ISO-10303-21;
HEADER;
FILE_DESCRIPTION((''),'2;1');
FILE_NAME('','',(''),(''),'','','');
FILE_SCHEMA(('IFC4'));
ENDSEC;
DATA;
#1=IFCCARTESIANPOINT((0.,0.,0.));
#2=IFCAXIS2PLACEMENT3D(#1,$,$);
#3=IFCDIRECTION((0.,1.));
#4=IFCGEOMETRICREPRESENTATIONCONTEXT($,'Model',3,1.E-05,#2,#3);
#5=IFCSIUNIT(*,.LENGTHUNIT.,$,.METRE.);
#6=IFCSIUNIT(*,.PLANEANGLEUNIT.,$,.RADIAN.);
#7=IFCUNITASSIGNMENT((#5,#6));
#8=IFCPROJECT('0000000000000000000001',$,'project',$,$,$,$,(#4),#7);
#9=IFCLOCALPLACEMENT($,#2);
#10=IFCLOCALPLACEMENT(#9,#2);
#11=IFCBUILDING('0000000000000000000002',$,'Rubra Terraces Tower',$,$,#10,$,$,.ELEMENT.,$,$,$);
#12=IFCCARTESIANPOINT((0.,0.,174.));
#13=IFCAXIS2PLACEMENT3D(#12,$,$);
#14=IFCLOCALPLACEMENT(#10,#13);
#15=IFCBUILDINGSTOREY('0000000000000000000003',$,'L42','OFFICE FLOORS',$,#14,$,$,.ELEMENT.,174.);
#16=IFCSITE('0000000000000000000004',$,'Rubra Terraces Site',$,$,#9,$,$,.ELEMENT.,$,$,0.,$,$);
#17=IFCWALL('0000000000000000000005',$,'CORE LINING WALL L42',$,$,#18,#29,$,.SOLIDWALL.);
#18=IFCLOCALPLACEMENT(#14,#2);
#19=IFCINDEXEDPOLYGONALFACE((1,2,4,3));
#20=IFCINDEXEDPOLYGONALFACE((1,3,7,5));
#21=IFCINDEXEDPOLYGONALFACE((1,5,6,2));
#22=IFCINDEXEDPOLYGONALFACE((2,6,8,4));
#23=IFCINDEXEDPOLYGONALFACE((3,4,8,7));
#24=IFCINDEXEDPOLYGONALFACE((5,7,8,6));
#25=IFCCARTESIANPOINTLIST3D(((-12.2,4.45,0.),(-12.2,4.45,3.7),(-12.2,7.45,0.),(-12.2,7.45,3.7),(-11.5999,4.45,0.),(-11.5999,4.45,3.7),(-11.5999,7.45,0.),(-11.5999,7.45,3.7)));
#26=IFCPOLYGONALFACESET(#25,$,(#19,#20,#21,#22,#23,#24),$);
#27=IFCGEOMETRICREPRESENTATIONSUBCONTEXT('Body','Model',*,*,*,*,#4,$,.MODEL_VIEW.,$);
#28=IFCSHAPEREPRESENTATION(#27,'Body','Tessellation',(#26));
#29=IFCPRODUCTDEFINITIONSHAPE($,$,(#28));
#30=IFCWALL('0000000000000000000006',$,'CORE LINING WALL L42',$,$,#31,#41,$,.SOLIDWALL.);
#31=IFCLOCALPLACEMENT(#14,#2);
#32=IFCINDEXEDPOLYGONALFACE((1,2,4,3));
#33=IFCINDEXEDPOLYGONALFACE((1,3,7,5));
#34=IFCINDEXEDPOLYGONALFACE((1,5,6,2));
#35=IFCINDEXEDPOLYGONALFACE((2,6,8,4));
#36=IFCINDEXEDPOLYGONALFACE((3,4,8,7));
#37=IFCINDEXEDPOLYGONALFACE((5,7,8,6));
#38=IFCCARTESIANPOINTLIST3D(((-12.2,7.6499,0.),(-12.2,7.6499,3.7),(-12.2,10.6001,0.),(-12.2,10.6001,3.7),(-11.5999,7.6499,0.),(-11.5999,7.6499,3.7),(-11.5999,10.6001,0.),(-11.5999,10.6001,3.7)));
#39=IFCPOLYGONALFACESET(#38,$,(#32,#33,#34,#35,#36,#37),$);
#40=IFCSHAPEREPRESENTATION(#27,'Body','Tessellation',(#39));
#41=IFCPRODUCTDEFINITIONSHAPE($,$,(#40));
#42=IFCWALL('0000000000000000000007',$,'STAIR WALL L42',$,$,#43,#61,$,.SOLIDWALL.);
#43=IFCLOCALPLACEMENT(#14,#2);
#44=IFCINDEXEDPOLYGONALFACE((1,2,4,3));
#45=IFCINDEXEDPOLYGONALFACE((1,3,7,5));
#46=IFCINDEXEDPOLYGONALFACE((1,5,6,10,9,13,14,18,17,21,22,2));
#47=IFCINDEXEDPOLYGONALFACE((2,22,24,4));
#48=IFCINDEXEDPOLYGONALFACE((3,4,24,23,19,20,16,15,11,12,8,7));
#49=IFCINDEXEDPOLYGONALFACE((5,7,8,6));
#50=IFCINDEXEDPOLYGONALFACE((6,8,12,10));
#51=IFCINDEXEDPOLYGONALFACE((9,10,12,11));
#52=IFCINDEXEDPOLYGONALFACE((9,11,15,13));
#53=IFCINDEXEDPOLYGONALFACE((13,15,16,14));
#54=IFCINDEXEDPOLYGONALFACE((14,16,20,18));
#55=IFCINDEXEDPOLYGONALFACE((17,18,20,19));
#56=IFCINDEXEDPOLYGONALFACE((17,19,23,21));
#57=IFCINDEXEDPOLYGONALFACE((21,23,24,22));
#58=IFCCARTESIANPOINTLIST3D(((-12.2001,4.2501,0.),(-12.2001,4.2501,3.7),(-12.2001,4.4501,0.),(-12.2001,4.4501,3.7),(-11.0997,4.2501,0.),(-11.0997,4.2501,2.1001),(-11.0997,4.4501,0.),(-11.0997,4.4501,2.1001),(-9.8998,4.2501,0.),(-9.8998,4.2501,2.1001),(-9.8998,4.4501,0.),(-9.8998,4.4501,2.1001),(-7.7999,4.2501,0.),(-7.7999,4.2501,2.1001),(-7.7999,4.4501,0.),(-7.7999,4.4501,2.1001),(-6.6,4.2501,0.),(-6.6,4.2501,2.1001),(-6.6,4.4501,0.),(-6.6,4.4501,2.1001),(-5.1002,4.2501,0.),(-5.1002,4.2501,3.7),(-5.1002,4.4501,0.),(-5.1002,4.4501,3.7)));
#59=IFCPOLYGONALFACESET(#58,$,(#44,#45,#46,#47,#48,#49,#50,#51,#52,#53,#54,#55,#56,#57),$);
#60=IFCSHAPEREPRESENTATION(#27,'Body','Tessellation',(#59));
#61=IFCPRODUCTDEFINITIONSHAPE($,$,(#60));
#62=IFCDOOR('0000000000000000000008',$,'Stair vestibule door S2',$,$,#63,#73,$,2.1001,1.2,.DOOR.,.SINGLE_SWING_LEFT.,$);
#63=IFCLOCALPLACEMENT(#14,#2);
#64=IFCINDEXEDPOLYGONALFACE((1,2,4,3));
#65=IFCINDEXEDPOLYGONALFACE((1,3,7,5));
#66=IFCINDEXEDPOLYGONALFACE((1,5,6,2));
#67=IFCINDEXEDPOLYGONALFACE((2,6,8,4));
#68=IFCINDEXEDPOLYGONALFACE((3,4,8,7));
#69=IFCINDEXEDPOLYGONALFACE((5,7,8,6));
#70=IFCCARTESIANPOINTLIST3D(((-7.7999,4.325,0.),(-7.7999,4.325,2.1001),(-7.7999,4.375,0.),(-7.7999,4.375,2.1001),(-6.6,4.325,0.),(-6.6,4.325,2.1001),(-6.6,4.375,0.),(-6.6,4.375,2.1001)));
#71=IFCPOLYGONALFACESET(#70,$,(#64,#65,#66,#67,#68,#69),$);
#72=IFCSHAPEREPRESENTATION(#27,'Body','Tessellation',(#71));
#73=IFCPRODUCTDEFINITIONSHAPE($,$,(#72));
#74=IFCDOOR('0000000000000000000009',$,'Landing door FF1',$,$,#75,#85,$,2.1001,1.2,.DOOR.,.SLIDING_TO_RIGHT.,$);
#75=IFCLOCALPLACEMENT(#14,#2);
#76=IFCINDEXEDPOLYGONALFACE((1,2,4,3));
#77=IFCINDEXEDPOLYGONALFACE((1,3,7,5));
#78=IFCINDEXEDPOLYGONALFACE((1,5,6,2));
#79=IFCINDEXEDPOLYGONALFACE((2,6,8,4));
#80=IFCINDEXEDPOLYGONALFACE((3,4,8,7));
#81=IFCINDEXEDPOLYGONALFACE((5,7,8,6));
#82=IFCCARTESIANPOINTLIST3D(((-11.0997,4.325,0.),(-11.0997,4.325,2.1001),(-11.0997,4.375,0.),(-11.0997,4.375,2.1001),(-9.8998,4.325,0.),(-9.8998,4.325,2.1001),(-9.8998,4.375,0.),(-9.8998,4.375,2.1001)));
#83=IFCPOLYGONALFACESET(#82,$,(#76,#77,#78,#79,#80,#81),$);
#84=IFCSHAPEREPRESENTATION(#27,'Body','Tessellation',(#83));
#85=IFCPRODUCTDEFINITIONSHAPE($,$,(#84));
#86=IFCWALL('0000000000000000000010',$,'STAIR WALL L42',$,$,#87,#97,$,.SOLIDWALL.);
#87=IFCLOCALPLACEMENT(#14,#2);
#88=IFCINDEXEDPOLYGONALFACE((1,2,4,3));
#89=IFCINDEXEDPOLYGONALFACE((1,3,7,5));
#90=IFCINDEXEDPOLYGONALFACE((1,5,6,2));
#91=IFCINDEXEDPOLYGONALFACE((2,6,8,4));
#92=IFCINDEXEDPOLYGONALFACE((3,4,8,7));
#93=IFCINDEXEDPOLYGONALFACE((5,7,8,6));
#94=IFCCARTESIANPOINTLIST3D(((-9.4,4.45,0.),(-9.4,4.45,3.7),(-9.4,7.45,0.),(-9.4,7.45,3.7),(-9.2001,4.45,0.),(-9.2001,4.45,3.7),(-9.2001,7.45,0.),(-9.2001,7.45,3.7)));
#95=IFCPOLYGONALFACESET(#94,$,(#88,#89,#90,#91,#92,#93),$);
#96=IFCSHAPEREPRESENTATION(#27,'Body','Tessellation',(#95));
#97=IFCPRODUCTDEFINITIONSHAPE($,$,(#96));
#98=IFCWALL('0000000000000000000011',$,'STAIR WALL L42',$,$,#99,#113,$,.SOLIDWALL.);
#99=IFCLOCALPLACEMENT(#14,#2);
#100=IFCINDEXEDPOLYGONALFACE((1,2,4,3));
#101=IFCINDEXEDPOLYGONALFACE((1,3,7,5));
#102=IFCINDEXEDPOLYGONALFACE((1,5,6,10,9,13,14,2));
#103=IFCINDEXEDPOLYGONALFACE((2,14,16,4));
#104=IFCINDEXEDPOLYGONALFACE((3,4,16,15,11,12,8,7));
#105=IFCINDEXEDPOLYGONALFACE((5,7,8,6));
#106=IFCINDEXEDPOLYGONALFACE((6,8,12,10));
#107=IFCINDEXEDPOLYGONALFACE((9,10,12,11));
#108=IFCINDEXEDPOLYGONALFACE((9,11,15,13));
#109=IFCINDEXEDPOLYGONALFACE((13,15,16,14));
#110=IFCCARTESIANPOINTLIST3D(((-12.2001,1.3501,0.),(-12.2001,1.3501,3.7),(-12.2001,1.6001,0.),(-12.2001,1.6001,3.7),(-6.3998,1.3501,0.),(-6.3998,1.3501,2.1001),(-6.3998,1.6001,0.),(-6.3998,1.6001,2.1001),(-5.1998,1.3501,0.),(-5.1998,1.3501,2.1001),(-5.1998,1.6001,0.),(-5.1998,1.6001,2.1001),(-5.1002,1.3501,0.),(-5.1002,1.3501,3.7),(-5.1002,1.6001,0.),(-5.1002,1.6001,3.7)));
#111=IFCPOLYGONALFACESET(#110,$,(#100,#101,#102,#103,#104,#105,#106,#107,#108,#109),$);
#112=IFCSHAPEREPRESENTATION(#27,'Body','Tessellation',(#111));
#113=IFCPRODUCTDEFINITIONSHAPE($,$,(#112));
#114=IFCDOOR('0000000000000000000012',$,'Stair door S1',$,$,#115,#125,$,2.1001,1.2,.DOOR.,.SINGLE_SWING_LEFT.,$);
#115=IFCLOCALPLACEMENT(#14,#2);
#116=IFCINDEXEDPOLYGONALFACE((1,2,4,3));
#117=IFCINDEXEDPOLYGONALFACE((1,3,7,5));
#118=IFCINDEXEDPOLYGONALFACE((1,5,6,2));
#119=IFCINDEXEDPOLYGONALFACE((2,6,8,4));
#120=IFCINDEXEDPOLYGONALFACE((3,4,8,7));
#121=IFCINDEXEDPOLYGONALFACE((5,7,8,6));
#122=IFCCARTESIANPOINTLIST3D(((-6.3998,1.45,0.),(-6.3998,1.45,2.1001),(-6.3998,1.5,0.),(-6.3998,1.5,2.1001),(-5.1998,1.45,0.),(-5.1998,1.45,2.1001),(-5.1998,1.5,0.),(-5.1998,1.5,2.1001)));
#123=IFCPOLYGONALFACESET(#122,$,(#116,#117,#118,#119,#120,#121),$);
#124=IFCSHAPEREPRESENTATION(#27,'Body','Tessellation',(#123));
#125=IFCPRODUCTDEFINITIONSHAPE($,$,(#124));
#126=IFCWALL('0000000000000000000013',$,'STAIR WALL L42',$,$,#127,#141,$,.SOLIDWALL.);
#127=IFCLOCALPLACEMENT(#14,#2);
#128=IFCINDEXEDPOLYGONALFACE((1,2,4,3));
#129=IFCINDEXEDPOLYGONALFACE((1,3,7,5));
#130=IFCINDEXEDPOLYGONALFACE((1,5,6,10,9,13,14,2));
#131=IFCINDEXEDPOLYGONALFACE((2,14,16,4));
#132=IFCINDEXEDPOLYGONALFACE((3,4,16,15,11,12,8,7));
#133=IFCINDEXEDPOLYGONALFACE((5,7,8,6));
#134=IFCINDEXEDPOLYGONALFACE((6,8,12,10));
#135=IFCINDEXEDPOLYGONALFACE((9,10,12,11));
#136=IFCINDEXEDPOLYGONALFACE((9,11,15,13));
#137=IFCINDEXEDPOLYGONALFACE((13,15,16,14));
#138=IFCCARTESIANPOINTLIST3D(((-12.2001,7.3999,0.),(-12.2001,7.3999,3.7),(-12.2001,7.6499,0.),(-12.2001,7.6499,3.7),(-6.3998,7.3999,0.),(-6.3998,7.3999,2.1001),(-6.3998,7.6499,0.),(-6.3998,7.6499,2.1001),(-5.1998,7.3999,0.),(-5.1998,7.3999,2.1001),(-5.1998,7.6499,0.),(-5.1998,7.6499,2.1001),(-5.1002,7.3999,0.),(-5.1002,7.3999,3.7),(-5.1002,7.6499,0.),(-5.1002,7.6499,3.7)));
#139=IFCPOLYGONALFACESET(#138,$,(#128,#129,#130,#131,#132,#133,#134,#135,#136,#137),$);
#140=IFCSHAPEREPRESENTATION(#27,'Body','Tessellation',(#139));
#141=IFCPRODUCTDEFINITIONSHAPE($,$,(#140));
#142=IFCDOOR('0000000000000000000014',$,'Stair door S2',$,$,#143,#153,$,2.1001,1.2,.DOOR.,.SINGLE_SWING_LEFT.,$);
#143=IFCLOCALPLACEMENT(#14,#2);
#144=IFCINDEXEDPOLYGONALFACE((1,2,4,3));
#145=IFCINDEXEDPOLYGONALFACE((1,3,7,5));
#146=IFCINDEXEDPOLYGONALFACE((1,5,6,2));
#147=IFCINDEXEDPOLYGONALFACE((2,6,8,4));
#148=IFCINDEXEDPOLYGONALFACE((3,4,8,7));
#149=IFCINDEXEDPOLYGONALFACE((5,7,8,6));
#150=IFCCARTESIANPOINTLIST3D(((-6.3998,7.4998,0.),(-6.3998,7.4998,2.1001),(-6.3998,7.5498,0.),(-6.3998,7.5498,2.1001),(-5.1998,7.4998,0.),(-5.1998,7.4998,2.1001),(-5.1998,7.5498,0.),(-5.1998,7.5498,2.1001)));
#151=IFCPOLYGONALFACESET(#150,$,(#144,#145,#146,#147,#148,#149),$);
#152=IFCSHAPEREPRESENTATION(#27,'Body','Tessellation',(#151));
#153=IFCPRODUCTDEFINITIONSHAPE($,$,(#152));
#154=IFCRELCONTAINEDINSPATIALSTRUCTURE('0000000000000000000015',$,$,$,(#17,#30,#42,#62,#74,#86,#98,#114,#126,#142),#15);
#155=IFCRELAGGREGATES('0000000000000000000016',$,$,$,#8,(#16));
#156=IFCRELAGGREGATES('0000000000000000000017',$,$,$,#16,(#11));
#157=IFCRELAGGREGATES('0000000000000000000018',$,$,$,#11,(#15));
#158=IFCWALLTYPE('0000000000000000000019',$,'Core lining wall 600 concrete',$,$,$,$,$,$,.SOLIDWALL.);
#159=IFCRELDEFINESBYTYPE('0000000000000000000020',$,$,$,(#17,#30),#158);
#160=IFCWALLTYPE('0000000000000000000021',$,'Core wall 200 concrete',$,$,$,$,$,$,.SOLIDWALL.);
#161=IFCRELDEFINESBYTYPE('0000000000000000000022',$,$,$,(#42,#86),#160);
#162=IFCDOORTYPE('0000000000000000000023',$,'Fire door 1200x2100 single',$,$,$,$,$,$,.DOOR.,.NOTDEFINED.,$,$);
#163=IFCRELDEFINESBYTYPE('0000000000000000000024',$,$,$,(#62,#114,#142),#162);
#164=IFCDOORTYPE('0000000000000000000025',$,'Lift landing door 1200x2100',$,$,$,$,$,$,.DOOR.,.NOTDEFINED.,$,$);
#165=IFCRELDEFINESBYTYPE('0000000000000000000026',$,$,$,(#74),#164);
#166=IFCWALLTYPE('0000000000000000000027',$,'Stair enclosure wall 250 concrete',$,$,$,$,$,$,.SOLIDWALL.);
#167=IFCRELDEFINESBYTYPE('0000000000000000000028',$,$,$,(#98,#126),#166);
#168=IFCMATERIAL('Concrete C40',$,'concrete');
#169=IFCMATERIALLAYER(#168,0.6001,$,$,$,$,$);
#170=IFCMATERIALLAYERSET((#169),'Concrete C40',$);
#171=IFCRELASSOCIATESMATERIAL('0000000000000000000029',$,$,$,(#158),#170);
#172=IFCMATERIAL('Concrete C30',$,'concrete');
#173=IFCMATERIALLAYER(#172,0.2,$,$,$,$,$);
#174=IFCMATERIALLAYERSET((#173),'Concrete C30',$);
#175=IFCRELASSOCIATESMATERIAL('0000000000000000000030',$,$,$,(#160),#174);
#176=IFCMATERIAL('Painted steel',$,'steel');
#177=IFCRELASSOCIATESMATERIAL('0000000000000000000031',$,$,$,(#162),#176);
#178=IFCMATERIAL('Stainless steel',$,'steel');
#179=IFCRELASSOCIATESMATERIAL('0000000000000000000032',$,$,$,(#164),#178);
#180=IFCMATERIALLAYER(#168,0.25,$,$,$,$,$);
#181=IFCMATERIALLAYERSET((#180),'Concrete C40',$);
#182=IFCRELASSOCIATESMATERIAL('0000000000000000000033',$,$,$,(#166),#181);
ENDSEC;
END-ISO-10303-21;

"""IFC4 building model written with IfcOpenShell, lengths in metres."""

from ifc_helpers import new_model, si_unit, direction, frame, frame_2d, origin, place, context, subcontext, project, spatial, rectangle, extrude, material, layer, layer_set, type_object, element, fill, save


model = new_model("IFC4")

# Units and contexts
model_context = context("Model", 3, precision=1e-05, world=origin(), true_north=direction((0.0, 1.0)))
body_context = subcontext(model_context, "Body", "Model", "MODEL_VIEW")
ifc_project = project(units=[si_unit("LENGTHUNIT", "METRE"), si_unit("PLANEANGLEUNIT", "RADIAN")], contexts=[model_context])

# Site, building, storey
site_placement = place(None, origin())
site = spatial("IfcSite", under=ifc_project, at=site_placement, Name="Rubra Terraces Site", CompositionType="ELEMENT", RefElevation=0.0)
building_placement = place(site_placement, origin())
building = spatial("IfcBuilding", under=site, at=building_placement, Name="Rubra Terraces Tower", CompositionType="ELEMENT")
storey_placement = place(building_placement, frame((0.0, 0.0, 174.0)))
storey = spatial("IfcBuildingStorey", under=building, at=storey_placement, Name="L42", Description="OFFICE FLOORS", CompositionType="ELEMENT", Elevation=174.0)

# Walls
ifc_material_1 = material(Name="Concrete C40", Category="concrete")
ifc_layer_1 = layer(ifc_material_1, 0.6001)
ifc_layer_set_1 = layer_set([ifc_layer_1], Name="Concrete C40")
wall_type_1 = type_object("IfcWallType", Name="Core lining wall 600 concrete", PredefinedType="SOLIDWALL", material=ifc_layer_set_1)
wall_1_placement = place(storey_placement, frame((-11.8999, 4.45, 0.0), z_axis=(0.0, 0.0, 1.0), x_axis=(0.0, 1.0, 0.0)))
element("IfcWall", 1, at=wall_1_placement, inside=storey, type_object=wall_type_1, Name="CORE LINING WALL L42", PredefinedType="SOLIDWALL", context=body_context, shape_type="SweptSolid", body=[
    extrude(rectangle(XDim=3.0, YDim=0.6001, at=frame_2d((1.5, 0.0))), origin(), (0.0, 0.0, 1.0), 3.7),
])
wall_2_placement = place(storey_placement, frame((-11.8999, 7.6499, 0.0), z_axis=(0.0, 0.0, 1.0), x_axis=(0.0, 1.0, 0.0)))
element("IfcWall", 2, at=wall_2_placement, inside=storey, type_object=wall_type_1, Name="CORE LINING WALL L42", PredefinedType="SOLIDWALL", context=body_context, shape_type="SweptSolid", body=[
    extrude(rectangle(XDim=2.9502, YDim=0.6001, at=frame_2d((1.4751, 0.0))), origin(), (0.0, 0.0, 1.0), 3.7),
])

# Wall, openings, doors
ifc_material_2 = material(Name="Concrete C30", Category="concrete")
ifc_layer_2 = layer(ifc_material_2, 0.2)
ifc_layer_set_2 = layer_set([ifc_layer_2], Name="Concrete C30")
wall_type_2 = type_object("IfcWallType", Name="Core wall 200 concrete", PredefinedType="SOLIDWALL", material=ifc_layer_set_2)
wall_3_placement = place(storey_placement, frame((-12.2, 4.3501, 0.0), z_axis=(0.0, 0.0, 1.0), x_axis=(1.0, 0.0, 0.0)))
wall_3 = element("IfcWall", 3, at=wall_3_placement, inside=storey, type_object=wall_type_2, Name="STAIR WALL L42", PredefinedType="SOLIDWALL", context=body_context, shape_type="SweptSolid", body=[
    extrude(rectangle(XDim=7.0999, YDim=0.2, at=frame_2d((3.5498, 0.0))), origin(), (0.0, 0.0, 1.0), 3.7),
])
opening_1_placement = place(wall_3_placement, frame((4.3999, 0.0, 0.0)))
opening_1 = element("IfcOpeningElement", 4, at=opening_1_placement, cuts=wall_3, PredefinedType="OPENING", context=body_context, shape_type="SweptSolid", body=[
    extrude(rectangle(XDim=1.2, YDim=2.1001, at=frame_2d((0.6001, 1.05))), frame((0.0, 0.1099, 0.0), z_axis=(0.0, -1.0, 0.0), x_axis=(1.0, 0.0, 0.0)), (0.0, 0.0, 1.0), 0.22),
])
opening_2_placement = place(wall_3_placement, frame((1.1001, 0.0, 0.0)))
opening_2 = element("IfcOpeningElement", 5, at=opening_2_placement, cuts=wall_3, PredefinedType="OPENING", context=body_context, shape_type="SweptSolid", body=[
    extrude(rectangle(XDim=1.2, YDim=2.1001, at=frame_2d((0.6001, 1.05))), frame((0.0, 0.1099, 0.0), z_axis=(0.0, -1.0, 0.0), x_axis=(1.0, 0.0, 0.0)), (0.0, 0.0, 1.0), 0.22),
])
ifc_material_3 = material(Name="Painted steel", Category="steel")
door_type_1 = type_object("IfcDoorType", Name="Fire door 1200x2100 single", OperationType="NOTDEFINED", PredefinedType="DOOR", material=ifc_material_3)
door_1_placement = place(opening_1_placement, origin())
door_1 = element("IfcDoor", 6, at=door_1_placement, inside=storey, type_object=door_type_1, Name="Stair vestibule door S2", OperationType="SINGLE_SWING_LEFT", OverallHeight=2.1001, OverallWidth=1.2, PredefinedType="DOOR", context=body_context, shape_type="SweptSolid", body=[
    extrude(rectangle(XDim=1.2, YDim=2.1001, at=frame_2d((0.6001, 1.05))), frame((0.0, 0.0249, 0.0), z_axis=(0.0, -1.0, 0.0), x_axis=(1.0, 0.0, 0.0)), (0.0, 0.0, 1.0), 0.05),
])
fill(opening_1, door_1)
ifc_material_4 = material(Name="Stainless steel", Category="steel")
door_type_2 = type_object("IfcDoorType", Name="Lift landing door 1200x2100", OperationType="NOTDEFINED", PredefinedType="DOOR", material=ifc_material_4)
door_2_placement = place(opening_2_placement, origin())
door_2 = element("IfcDoor", 7, at=door_2_placement, inside=storey, type_object=door_type_2, Name="Landing door FF1", OperationType="SLIDING_TO_RIGHT", OverallHeight=2.1001, OverallWidth=1.2, PredefinedType="DOOR", context=body_context, shape_type="SweptSolid", body=[
    extrude(rectangle(XDim=1.2, YDim=2.1001, at=frame_2d((0.6001, 1.05))), frame((0.0, 0.0249, 0.0), z_axis=(0.0, -1.0, 0.0), x_axis=(1.0, 0.0, 0.0)), (0.0, 0.0, 1.0), 0.05),
])
fill(opening_2, door_2)

# Wall
wall_4_placement = place(storey_placement, frame((-9.3, 4.45, 0.0), z_axis=(0.0, 0.0, 1.0), x_axis=(0.0, 1.0, 0.0)))
element("IfcWall", 8, at=wall_4_placement, inside=storey, type_object=wall_type_2, Name="STAIR WALL L42", PredefinedType="SOLIDWALL", context=body_context, shape_type="SweptSolid", body=[
    extrude(rectangle(XDim=3.0, YDim=0.2, at=frame_2d((1.5, 0.0))), origin(), (0.0, 0.0, 1.0), 3.7),
])

# Walls, openings, doors
ifc_layer_3 = layer(ifc_material_1, 0.25)
ifc_layer_set_3 = layer_set([ifc_layer_3], Name="Concrete C40")
wall_type_3 = type_object("IfcWallType", Name="Stair enclosure wall 250 concrete", PredefinedType="SOLIDWALL", material=ifc_layer_set_3)
wall_5_placement = place(storey_placement, frame((-12.2, 1.4751, 0.0), z_axis=(0.0, 0.0, 1.0), x_axis=(1.0, 0.0, 0.0)))
wall_5 = element("IfcWall", 9, at=wall_5_placement, inside=storey, type_object=wall_type_3, Name="STAIR WALL L42", PredefinedType="SOLIDWALL", context=body_context, shape_type="SweptSolid", body=[
    extrude(rectangle(XDim=7.0999, YDim=0.25, at=frame_2d((3.5498, 0.0))), origin(), (0.0, 0.0, 1.0), 3.7),
])
opening_3_placement = place(wall_5_placement, frame((5.8, 0.0, 0.0)))
opening_3 = element("IfcOpeningElement", 10, at=opening_3_placement, cuts=wall_5, PredefinedType="OPENING", context=body_context, shape_type="SweptSolid", body=[
    extrude(rectangle(XDim=1.2, YDim=2.1001, at=frame_2d((0.6001, 1.05))), frame((0.0, 0.135, 0.0), z_axis=(0.0, -1.0, 0.0), x_axis=(1.0, 0.0, 0.0)), (0.0, 0.0, 1.0), 0.27),
])
door_3_placement = place(opening_3_placement, origin())
door_3 = element("IfcDoor", 11, at=door_3_placement, inside=storey, type_object=door_type_1, Name="Stair door S1", OperationType="SINGLE_SWING_LEFT", OverallHeight=2.1001, OverallWidth=1.2, PredefinedType="DOOR", context=body_context, shape_type="SweptSolid", body=[
    extrude(rectangle(XDim=1.2, YDim=2.1001, at=frame_2d((0.6001, 1.05))), frame((0.0, 0.0249, 0.0), z_axis=(0.0, -1.0, 0.0), x_axis=(1.0, 0.0, 0.0)), (0.0, 0.0, 1.0), 0.05),
])
fill(opening_3, door_3)
wall_6_placement = place(storey_placement, frame((-12.2, 7.5249, 0.0), z_axis=(0.0, 0.0, 1.0), x_axis=(1.0, 0.0, 0.0)))
wall_6 = element("IfcWall", 12, at=wall_6_placement, inside=storey, type_object=wall_type_3, Name="STAIR WALL L42", PredefinedType="SOLIDWALL", context=body_context, shape_type="SweptSolid", body=[
    extrude(rectangle(XDim=7.0999, YDim=0.25, at=frame_2d((3.5498, 0.0))), origin(), (0.0, 0.0, 1.0), 3.7),
])
opening_4_placement = place(wall_6_placement, frame((5.8, 0.0, 0.0)))
opening_4 = element("IfcOpeningElement", 13, at=opening_4_placement, cuts=wall_6, PredefinedType="OPENING", context=body_context, shape_type="SweptSolid", body=[
    extrude(rectangle(XDim=1.2, YDim=2.1001, at=frame_2d((0.6001, 1.05))), frame((0.0, 0.135, 0.0), z_axis=(0.0, -1.0, 0.0), x_axis=(1.0, 0.0, 0.0)), (0.0, 0.0, 1.0), 0.27),
])
door_4_placement = place(opening_4_placement, origin())
door_4 = element("IfcDoor", 14, at=door_4_placement, inside=storey, type_object=door_type_1, Name="Stair door S2", OperationType="SINGLE_SWING_LEFT", OverallHeight=2.1001, OverallWidth=1.2, PredefinedType="DOOR", context=body_context, shape_type="SweptSolid", body=[
    extrude(rectangle(XDim=1.2, YDim=2.1001, at=frame_2d((0.6001, 1.05))), frame((0.0, 0.0249, 0.0), z_axis=(0.0, -1.0, 0.0), x_axis=(1.0, 0.0, 0.0)), (0.0, 0.0, 1.0), 0.05),
])
fill(opening_4, door_4)

save(model, "model.ifc")
